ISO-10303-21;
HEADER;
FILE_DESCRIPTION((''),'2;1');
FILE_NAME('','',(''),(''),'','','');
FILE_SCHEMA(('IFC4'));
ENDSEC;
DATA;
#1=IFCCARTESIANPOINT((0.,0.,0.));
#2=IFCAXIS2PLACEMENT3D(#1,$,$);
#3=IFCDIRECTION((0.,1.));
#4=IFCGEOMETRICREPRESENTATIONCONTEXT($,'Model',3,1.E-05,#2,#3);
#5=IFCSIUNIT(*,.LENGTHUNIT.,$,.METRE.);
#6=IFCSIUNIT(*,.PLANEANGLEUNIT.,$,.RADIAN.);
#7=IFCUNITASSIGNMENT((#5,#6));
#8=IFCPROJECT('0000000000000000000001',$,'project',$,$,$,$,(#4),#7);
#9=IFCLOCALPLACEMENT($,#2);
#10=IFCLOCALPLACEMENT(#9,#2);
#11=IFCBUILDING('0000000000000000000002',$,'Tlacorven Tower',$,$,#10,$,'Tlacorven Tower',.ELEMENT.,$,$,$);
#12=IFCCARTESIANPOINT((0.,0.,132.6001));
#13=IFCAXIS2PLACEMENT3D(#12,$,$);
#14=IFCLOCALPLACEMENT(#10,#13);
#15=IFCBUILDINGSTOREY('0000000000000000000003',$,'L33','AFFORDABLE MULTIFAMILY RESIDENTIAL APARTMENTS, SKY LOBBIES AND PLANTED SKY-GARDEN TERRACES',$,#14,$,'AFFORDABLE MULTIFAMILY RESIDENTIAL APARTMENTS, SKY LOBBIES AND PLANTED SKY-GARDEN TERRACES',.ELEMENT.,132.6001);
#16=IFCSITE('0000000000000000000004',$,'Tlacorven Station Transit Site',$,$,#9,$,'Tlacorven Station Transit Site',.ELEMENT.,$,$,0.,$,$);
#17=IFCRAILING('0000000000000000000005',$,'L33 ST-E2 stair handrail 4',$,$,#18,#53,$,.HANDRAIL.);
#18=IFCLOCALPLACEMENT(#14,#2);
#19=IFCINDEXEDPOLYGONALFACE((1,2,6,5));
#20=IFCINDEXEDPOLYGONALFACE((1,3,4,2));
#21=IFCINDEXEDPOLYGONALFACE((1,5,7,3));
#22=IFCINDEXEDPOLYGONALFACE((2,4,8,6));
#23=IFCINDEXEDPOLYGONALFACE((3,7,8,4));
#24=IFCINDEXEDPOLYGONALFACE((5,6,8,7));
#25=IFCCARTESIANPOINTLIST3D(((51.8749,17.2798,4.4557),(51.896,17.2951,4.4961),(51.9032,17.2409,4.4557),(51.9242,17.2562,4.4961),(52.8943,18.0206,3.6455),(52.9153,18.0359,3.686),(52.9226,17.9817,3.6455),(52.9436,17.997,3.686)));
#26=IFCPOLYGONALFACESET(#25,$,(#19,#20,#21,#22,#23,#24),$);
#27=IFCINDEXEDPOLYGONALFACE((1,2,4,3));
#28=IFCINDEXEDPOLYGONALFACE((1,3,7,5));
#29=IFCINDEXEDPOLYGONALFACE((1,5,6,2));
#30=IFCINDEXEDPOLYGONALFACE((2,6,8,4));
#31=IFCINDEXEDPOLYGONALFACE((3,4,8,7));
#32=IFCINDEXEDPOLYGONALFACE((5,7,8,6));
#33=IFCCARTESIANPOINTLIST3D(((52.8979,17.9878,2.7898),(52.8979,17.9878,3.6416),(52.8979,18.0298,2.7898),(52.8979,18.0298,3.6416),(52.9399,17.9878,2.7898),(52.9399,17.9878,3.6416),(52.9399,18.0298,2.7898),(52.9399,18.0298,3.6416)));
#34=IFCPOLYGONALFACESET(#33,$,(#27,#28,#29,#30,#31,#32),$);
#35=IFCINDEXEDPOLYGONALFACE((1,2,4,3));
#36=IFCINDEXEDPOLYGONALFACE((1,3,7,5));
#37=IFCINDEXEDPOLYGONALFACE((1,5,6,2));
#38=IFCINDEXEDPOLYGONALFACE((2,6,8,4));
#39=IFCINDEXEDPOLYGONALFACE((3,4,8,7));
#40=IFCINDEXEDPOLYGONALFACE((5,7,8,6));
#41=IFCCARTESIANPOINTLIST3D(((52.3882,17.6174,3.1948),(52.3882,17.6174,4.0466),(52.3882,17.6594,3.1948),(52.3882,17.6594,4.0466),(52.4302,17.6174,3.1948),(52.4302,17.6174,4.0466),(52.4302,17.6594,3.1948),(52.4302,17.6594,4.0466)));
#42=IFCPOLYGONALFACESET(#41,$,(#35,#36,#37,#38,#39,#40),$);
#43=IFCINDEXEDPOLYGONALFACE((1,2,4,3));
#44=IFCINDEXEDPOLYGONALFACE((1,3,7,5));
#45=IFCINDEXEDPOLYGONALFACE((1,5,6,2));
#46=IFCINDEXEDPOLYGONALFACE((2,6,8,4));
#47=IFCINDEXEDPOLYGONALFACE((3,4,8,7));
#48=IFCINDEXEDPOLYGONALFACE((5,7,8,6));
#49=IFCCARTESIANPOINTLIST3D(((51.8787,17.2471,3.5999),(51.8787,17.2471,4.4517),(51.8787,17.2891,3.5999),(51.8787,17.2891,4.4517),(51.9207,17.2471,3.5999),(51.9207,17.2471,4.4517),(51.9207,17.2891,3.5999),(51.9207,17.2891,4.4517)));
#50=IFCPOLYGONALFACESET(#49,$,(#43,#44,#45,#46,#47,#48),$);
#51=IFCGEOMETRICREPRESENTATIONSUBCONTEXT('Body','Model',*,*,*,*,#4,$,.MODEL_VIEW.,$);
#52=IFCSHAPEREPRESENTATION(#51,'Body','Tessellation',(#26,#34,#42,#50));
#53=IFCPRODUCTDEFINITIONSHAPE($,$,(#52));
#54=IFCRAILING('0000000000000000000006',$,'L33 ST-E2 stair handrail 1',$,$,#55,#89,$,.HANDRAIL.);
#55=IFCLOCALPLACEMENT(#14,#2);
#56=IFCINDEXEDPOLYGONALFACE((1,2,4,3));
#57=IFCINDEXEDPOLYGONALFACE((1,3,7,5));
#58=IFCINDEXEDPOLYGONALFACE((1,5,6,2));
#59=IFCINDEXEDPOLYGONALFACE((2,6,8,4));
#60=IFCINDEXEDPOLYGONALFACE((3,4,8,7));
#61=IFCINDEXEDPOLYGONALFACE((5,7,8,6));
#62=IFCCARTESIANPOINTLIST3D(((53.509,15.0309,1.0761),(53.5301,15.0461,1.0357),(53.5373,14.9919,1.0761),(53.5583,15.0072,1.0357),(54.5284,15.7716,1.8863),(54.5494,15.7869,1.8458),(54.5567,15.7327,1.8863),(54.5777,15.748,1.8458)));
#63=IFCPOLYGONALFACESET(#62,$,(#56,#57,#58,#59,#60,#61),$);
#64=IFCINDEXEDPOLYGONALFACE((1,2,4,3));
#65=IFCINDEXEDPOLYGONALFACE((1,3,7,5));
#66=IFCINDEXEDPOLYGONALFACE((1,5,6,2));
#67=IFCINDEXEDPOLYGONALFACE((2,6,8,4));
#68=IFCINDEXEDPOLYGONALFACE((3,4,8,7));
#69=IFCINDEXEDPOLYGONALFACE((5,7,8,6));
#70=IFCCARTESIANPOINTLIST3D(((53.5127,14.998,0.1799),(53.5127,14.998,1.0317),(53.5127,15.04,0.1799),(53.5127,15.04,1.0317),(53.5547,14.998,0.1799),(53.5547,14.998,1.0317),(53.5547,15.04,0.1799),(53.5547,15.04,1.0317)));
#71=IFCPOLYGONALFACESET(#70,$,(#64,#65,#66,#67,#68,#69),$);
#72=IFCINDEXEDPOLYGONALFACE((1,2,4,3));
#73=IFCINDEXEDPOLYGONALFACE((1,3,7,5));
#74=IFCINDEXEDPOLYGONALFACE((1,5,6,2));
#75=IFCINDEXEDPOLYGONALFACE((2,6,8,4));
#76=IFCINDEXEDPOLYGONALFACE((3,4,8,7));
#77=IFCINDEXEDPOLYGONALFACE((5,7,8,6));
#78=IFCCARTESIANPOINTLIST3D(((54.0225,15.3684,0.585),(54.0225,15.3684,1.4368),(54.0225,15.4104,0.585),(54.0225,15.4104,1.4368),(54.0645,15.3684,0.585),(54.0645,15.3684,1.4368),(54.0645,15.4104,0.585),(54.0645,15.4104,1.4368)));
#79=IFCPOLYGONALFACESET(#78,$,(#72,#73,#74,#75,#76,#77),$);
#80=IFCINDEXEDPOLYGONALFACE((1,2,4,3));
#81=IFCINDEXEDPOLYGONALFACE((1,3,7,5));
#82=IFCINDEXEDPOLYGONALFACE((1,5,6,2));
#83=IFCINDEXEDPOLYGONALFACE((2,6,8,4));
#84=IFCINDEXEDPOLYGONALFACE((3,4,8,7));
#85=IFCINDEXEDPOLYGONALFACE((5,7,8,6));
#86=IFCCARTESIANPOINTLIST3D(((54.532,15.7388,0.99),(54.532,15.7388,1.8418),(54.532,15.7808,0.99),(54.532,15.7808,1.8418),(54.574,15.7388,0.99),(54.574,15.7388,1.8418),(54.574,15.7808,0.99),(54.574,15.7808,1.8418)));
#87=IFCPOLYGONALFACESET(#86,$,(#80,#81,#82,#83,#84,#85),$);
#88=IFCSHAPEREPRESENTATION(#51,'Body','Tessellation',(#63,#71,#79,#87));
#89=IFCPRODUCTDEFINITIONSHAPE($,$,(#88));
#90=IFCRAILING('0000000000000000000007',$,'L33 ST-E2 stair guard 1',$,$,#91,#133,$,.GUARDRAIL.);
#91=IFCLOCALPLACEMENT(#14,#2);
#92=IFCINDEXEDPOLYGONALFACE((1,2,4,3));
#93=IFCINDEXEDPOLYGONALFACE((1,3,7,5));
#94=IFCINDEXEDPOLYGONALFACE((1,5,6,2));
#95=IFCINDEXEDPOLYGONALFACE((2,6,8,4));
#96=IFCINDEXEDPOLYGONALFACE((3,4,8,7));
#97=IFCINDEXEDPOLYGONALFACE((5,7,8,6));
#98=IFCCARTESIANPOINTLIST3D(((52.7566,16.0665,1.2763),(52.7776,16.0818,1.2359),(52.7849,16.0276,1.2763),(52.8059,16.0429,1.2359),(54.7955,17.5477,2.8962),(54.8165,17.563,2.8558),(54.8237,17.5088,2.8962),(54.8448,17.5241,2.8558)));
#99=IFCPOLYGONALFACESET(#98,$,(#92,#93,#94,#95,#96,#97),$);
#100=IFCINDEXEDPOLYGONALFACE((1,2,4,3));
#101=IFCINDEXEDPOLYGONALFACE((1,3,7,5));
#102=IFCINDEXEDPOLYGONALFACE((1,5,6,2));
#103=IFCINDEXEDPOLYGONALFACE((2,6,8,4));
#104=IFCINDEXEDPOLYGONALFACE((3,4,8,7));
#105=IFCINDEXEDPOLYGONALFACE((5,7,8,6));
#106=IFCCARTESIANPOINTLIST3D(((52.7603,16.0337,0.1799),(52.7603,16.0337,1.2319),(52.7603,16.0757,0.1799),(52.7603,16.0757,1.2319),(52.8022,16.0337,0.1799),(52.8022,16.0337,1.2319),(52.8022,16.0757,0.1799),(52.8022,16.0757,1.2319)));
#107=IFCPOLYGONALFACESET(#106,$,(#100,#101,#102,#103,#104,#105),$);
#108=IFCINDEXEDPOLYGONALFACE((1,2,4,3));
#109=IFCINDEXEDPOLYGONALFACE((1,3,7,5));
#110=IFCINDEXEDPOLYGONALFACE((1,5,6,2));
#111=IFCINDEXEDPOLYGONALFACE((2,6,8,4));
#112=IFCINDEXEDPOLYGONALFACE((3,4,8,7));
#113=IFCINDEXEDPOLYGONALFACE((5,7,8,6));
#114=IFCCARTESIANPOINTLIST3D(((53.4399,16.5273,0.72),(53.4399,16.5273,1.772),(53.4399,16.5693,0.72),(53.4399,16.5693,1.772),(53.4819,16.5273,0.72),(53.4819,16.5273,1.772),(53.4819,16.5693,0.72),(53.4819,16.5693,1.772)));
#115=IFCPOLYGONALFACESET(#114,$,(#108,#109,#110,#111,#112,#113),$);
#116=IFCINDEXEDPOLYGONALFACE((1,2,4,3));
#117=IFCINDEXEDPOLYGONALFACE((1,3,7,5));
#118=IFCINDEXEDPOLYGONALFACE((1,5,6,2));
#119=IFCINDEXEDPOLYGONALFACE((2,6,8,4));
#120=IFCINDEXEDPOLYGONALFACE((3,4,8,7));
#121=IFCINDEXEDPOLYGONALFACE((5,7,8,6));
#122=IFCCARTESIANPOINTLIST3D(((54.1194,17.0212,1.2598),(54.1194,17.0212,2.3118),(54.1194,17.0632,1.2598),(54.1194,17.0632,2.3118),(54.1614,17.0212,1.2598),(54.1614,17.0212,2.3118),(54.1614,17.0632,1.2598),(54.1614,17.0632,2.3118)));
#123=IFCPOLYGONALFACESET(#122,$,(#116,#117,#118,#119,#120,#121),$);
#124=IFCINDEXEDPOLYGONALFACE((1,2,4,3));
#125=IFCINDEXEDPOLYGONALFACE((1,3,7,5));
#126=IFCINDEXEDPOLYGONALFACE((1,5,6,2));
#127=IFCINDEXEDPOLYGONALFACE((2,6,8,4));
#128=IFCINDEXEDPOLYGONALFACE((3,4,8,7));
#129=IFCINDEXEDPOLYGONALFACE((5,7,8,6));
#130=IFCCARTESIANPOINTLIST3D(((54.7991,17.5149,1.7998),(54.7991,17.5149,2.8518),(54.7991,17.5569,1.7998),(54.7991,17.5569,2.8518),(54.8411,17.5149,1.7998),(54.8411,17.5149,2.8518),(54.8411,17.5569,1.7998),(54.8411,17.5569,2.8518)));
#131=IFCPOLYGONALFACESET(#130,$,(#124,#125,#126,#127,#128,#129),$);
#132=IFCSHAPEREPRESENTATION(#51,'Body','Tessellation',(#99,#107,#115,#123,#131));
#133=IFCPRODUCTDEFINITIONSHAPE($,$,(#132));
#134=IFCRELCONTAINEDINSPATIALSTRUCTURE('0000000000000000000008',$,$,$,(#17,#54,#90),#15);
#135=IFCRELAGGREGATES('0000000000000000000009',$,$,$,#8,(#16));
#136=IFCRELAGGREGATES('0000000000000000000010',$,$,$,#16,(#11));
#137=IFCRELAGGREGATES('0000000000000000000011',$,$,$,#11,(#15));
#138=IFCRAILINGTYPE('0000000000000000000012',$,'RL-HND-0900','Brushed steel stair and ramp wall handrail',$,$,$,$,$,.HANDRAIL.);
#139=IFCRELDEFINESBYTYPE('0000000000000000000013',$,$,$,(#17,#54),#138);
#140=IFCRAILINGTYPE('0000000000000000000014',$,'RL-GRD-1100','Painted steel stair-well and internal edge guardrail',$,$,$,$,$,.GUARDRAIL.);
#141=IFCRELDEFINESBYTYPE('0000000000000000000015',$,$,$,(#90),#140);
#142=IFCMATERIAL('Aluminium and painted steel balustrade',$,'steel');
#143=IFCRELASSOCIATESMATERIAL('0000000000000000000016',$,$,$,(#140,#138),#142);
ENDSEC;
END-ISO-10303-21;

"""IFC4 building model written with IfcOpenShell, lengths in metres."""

from ifc_helpers import new_model, si_unit, direction, frame, origin, origin_2d, place, context, subcontext, project, spatial, rectangle, extrude, source, transform, mapped, material, type_object, element, save


model = new_model("IFC4")

# Units and contexts
model_context = context("Model", 3, precision=1e-05, world=origin(), true_north=direction((0.0, 1.0)))
body_context = subcontext(model_context, "Body", "Model", "MODEL_VIEW")
ifc_project = project(units=[si_unit("LENGTHUNIT", "METRE"), si_unit("PLANEANGLEUNIT", "RADIAN")], contexts=[model_context])

# Site, building, storey
site_placement = place(None, origin())
site = spatial("IfcSite", under=ifc_project, at=site_placement, Name="Tlacorven Station Transit Site", LongName="Tlacorven Station Transit Site", CompositionType="ELEMENT", RefElevation=0.0)
building_placement = place(site_placement, origin())
building = spatial("IfcBuilding", under=site, at=building_placement, Name="Tlacorven Tower", LongName="Tlacorven Tower", CompositionType="ELEMENT")
storey_placement = place(building_placement, frame((0.0, 0.0, 132.6001)))
storey = spatial("IfcBuildingStorey", under=building, at=storey_placement, Name="L33", Description="AFFORDABLE MULTIFAMILY RESIDENTIAL APARTMENTS, SKY LOBBIES AND PLANTED SKY-GARDEN TERRACES", LongName="AFFORDABLE MULTIFAMILY RESIDENTIAL APARTMENTS, SKY LOBBIES AND PLANTED SKY-GARDEN TERRACES", CompositionType="ELEMENT", Elevation=132.6001)

# Railings
ifc_material_1 = material(Name="Aluminium and painted steel balustrade", Category="steel")
railing_type_1 = type_object("IfcRailingType", Name="RL-GRD-1100", Description="Painted steel stair-well and internal edge guardrail", PredefinedType="GUARDRAIL", material=ifc_material_1)
railing_type_2 = type_object("IfcRailingType", Name="RL-HND-0900", Description="Brushed steel stair and ramp wall handrail", PredefinedType="HANDRAIL", material=ifc_material_1)
shared_shape_1 = source(origin(), body_context, "Body", "SweptSolid", [
    extrude(rectangle(XDim=0.0481, YDim=0.0481, at=origin_2d()), frame((0.0, 0.0, 0.876), z_axis=(-0.680461, -0.494496, 0.540783), x_axis=(0.587872, -0.808954, 0.0)), (0.0, 0.0, 1.0), 1.498),
    extrude(rectangle(XDim=0.042, YDim=0.042, at=origin_2d()), origin(), (0.0, 0.0, 1.0), 0.8518),
    extrude(rectangle(XDim=0.042, YDim=0.042, at=origin_2d()), frame((-0.5098, -0.3704, 0.405)), (0.0, 0.0, 1.0), 0.8518),
    extrude(rectangle(XDim=0.042, YDim=0.042, at=origin_2d()), frame((-1.0193, -0.7407, 0.8101)), (0.0, 0.0, 1.0), 0.8518),
])
railing_1_placement = place(storey_placement, frame((52.9189, 18.0088, 2.7898)))
element("IfcRailing", 1, at=railing_1_placement, inside=storey, type_object=railing_type_2, Name="L33 ST-E2 stair handrail 4", PredefinedType="HANDRAIL", context=body_context, shape_type="MappedRepresentation", body=[
    mapped(shared_shape_1, transform((0.0, 0.0, 0.0), scale=1.0)),
])
shared_shape_2 = source(origin(), body_context, "Body", "SweptSolid", [
    extrude(rectangle(XDim=0.0481, YDim=0.0481, at=origin_2d()), frame((0.0, 0.0, 0.876), z_axis=(0.680461, 0.494496, 0.540783), x_axis=(-0.587872, 0.808954, 0.0)), (0.0, 0.0, 1.0), 1.498),
    extrude(rectangle(XDim=0.042, YDim=0.042, at=origin_2d()), origin(), (0.0, 0.0, 1.0), 0.8518),
    extrude(rectangle(XDim=0.042, YDim=0.042, at=origin_2d()), frame((0.5098, 0.3704, 0.405)), (0.0, 0.0, 1.0), 0.8518),
    extrude(rectangle(XDim=0.042, YDim=0.042, at=origin_2d()), frame((1.0193, 0.7407, 0.8101)), (0.0, 0.0, 1.0), 0.8518),
])
railing_2_placement = place(storey_placement, frame((53.5337, 15.019, 0.1799)))
element("IfcRailing", 2, at=railing_2_placement, inside=storey, type_object=railing_type_2, Name="L33 ST-E2 stair handrail 1", PredefinedType="HANDRAIL", context=body_context, shape_type="MappedRepresentation", body=[
    mapped(shared_shape_2, transform((0.0, 0.0, 0.0), scale=1.0)),
])
shared_shape_3 = source(origin(), body_context, "Body", "SweptSolid", [
    extrude(rectangle(XDim=0.0481, YDim=0.0481, at=origin_2d()), frame((0.0, 0.0, 1.0762), z_axis=(0.680562, 0.494428, 0.540717), x_axis=(-0.587763, 0.809033, 0.0)), (0.0, 0.0, 1.0), 2.9958),
    extrude(rectangle(XDim=0.042, YDim=0.042, at=origin_2d()), origin(), (0.0, 0.0, 1.0), 1.052),
    extrude(rectangle(XDim=0.042, YDim=0.042, at=origin_2d()), frame((0.6797, 0.4937, 0.54)), (0.0, 0.0, 1.0), 1.052),
    extrude(rectangle(XDim=0.042, YDim=0.042, at=origin_2d()), frame((1.3591, 0.9875, 1.0798)), (0.0, 0.0, 1.0), 1.052),
    extrude(rectangle(XDim=0.042, YDim=0.042, at=origin_2d()), frame((2.0388, 1.4812, 1.6199)), (0.0, 0.0, 1.0), 1.052),
])
railing_3_placement = place(storey_placement, frame((52.7812, 16.0547, 0.1799)))
element("IfcRailing", 3, at=railing_3_placement, inside=storey, type_object=railing_type_1, Name="L33 ST-E2 stair guard 1", PredefinedType="GUARDRAIL", context=body_context, shape_type="MappedRepresentation", body=[
    mapped(shared_shape_3, transform((0.0, 0.0, 0.0), scale=1.0)),
])

save(model, "model.ifc")
